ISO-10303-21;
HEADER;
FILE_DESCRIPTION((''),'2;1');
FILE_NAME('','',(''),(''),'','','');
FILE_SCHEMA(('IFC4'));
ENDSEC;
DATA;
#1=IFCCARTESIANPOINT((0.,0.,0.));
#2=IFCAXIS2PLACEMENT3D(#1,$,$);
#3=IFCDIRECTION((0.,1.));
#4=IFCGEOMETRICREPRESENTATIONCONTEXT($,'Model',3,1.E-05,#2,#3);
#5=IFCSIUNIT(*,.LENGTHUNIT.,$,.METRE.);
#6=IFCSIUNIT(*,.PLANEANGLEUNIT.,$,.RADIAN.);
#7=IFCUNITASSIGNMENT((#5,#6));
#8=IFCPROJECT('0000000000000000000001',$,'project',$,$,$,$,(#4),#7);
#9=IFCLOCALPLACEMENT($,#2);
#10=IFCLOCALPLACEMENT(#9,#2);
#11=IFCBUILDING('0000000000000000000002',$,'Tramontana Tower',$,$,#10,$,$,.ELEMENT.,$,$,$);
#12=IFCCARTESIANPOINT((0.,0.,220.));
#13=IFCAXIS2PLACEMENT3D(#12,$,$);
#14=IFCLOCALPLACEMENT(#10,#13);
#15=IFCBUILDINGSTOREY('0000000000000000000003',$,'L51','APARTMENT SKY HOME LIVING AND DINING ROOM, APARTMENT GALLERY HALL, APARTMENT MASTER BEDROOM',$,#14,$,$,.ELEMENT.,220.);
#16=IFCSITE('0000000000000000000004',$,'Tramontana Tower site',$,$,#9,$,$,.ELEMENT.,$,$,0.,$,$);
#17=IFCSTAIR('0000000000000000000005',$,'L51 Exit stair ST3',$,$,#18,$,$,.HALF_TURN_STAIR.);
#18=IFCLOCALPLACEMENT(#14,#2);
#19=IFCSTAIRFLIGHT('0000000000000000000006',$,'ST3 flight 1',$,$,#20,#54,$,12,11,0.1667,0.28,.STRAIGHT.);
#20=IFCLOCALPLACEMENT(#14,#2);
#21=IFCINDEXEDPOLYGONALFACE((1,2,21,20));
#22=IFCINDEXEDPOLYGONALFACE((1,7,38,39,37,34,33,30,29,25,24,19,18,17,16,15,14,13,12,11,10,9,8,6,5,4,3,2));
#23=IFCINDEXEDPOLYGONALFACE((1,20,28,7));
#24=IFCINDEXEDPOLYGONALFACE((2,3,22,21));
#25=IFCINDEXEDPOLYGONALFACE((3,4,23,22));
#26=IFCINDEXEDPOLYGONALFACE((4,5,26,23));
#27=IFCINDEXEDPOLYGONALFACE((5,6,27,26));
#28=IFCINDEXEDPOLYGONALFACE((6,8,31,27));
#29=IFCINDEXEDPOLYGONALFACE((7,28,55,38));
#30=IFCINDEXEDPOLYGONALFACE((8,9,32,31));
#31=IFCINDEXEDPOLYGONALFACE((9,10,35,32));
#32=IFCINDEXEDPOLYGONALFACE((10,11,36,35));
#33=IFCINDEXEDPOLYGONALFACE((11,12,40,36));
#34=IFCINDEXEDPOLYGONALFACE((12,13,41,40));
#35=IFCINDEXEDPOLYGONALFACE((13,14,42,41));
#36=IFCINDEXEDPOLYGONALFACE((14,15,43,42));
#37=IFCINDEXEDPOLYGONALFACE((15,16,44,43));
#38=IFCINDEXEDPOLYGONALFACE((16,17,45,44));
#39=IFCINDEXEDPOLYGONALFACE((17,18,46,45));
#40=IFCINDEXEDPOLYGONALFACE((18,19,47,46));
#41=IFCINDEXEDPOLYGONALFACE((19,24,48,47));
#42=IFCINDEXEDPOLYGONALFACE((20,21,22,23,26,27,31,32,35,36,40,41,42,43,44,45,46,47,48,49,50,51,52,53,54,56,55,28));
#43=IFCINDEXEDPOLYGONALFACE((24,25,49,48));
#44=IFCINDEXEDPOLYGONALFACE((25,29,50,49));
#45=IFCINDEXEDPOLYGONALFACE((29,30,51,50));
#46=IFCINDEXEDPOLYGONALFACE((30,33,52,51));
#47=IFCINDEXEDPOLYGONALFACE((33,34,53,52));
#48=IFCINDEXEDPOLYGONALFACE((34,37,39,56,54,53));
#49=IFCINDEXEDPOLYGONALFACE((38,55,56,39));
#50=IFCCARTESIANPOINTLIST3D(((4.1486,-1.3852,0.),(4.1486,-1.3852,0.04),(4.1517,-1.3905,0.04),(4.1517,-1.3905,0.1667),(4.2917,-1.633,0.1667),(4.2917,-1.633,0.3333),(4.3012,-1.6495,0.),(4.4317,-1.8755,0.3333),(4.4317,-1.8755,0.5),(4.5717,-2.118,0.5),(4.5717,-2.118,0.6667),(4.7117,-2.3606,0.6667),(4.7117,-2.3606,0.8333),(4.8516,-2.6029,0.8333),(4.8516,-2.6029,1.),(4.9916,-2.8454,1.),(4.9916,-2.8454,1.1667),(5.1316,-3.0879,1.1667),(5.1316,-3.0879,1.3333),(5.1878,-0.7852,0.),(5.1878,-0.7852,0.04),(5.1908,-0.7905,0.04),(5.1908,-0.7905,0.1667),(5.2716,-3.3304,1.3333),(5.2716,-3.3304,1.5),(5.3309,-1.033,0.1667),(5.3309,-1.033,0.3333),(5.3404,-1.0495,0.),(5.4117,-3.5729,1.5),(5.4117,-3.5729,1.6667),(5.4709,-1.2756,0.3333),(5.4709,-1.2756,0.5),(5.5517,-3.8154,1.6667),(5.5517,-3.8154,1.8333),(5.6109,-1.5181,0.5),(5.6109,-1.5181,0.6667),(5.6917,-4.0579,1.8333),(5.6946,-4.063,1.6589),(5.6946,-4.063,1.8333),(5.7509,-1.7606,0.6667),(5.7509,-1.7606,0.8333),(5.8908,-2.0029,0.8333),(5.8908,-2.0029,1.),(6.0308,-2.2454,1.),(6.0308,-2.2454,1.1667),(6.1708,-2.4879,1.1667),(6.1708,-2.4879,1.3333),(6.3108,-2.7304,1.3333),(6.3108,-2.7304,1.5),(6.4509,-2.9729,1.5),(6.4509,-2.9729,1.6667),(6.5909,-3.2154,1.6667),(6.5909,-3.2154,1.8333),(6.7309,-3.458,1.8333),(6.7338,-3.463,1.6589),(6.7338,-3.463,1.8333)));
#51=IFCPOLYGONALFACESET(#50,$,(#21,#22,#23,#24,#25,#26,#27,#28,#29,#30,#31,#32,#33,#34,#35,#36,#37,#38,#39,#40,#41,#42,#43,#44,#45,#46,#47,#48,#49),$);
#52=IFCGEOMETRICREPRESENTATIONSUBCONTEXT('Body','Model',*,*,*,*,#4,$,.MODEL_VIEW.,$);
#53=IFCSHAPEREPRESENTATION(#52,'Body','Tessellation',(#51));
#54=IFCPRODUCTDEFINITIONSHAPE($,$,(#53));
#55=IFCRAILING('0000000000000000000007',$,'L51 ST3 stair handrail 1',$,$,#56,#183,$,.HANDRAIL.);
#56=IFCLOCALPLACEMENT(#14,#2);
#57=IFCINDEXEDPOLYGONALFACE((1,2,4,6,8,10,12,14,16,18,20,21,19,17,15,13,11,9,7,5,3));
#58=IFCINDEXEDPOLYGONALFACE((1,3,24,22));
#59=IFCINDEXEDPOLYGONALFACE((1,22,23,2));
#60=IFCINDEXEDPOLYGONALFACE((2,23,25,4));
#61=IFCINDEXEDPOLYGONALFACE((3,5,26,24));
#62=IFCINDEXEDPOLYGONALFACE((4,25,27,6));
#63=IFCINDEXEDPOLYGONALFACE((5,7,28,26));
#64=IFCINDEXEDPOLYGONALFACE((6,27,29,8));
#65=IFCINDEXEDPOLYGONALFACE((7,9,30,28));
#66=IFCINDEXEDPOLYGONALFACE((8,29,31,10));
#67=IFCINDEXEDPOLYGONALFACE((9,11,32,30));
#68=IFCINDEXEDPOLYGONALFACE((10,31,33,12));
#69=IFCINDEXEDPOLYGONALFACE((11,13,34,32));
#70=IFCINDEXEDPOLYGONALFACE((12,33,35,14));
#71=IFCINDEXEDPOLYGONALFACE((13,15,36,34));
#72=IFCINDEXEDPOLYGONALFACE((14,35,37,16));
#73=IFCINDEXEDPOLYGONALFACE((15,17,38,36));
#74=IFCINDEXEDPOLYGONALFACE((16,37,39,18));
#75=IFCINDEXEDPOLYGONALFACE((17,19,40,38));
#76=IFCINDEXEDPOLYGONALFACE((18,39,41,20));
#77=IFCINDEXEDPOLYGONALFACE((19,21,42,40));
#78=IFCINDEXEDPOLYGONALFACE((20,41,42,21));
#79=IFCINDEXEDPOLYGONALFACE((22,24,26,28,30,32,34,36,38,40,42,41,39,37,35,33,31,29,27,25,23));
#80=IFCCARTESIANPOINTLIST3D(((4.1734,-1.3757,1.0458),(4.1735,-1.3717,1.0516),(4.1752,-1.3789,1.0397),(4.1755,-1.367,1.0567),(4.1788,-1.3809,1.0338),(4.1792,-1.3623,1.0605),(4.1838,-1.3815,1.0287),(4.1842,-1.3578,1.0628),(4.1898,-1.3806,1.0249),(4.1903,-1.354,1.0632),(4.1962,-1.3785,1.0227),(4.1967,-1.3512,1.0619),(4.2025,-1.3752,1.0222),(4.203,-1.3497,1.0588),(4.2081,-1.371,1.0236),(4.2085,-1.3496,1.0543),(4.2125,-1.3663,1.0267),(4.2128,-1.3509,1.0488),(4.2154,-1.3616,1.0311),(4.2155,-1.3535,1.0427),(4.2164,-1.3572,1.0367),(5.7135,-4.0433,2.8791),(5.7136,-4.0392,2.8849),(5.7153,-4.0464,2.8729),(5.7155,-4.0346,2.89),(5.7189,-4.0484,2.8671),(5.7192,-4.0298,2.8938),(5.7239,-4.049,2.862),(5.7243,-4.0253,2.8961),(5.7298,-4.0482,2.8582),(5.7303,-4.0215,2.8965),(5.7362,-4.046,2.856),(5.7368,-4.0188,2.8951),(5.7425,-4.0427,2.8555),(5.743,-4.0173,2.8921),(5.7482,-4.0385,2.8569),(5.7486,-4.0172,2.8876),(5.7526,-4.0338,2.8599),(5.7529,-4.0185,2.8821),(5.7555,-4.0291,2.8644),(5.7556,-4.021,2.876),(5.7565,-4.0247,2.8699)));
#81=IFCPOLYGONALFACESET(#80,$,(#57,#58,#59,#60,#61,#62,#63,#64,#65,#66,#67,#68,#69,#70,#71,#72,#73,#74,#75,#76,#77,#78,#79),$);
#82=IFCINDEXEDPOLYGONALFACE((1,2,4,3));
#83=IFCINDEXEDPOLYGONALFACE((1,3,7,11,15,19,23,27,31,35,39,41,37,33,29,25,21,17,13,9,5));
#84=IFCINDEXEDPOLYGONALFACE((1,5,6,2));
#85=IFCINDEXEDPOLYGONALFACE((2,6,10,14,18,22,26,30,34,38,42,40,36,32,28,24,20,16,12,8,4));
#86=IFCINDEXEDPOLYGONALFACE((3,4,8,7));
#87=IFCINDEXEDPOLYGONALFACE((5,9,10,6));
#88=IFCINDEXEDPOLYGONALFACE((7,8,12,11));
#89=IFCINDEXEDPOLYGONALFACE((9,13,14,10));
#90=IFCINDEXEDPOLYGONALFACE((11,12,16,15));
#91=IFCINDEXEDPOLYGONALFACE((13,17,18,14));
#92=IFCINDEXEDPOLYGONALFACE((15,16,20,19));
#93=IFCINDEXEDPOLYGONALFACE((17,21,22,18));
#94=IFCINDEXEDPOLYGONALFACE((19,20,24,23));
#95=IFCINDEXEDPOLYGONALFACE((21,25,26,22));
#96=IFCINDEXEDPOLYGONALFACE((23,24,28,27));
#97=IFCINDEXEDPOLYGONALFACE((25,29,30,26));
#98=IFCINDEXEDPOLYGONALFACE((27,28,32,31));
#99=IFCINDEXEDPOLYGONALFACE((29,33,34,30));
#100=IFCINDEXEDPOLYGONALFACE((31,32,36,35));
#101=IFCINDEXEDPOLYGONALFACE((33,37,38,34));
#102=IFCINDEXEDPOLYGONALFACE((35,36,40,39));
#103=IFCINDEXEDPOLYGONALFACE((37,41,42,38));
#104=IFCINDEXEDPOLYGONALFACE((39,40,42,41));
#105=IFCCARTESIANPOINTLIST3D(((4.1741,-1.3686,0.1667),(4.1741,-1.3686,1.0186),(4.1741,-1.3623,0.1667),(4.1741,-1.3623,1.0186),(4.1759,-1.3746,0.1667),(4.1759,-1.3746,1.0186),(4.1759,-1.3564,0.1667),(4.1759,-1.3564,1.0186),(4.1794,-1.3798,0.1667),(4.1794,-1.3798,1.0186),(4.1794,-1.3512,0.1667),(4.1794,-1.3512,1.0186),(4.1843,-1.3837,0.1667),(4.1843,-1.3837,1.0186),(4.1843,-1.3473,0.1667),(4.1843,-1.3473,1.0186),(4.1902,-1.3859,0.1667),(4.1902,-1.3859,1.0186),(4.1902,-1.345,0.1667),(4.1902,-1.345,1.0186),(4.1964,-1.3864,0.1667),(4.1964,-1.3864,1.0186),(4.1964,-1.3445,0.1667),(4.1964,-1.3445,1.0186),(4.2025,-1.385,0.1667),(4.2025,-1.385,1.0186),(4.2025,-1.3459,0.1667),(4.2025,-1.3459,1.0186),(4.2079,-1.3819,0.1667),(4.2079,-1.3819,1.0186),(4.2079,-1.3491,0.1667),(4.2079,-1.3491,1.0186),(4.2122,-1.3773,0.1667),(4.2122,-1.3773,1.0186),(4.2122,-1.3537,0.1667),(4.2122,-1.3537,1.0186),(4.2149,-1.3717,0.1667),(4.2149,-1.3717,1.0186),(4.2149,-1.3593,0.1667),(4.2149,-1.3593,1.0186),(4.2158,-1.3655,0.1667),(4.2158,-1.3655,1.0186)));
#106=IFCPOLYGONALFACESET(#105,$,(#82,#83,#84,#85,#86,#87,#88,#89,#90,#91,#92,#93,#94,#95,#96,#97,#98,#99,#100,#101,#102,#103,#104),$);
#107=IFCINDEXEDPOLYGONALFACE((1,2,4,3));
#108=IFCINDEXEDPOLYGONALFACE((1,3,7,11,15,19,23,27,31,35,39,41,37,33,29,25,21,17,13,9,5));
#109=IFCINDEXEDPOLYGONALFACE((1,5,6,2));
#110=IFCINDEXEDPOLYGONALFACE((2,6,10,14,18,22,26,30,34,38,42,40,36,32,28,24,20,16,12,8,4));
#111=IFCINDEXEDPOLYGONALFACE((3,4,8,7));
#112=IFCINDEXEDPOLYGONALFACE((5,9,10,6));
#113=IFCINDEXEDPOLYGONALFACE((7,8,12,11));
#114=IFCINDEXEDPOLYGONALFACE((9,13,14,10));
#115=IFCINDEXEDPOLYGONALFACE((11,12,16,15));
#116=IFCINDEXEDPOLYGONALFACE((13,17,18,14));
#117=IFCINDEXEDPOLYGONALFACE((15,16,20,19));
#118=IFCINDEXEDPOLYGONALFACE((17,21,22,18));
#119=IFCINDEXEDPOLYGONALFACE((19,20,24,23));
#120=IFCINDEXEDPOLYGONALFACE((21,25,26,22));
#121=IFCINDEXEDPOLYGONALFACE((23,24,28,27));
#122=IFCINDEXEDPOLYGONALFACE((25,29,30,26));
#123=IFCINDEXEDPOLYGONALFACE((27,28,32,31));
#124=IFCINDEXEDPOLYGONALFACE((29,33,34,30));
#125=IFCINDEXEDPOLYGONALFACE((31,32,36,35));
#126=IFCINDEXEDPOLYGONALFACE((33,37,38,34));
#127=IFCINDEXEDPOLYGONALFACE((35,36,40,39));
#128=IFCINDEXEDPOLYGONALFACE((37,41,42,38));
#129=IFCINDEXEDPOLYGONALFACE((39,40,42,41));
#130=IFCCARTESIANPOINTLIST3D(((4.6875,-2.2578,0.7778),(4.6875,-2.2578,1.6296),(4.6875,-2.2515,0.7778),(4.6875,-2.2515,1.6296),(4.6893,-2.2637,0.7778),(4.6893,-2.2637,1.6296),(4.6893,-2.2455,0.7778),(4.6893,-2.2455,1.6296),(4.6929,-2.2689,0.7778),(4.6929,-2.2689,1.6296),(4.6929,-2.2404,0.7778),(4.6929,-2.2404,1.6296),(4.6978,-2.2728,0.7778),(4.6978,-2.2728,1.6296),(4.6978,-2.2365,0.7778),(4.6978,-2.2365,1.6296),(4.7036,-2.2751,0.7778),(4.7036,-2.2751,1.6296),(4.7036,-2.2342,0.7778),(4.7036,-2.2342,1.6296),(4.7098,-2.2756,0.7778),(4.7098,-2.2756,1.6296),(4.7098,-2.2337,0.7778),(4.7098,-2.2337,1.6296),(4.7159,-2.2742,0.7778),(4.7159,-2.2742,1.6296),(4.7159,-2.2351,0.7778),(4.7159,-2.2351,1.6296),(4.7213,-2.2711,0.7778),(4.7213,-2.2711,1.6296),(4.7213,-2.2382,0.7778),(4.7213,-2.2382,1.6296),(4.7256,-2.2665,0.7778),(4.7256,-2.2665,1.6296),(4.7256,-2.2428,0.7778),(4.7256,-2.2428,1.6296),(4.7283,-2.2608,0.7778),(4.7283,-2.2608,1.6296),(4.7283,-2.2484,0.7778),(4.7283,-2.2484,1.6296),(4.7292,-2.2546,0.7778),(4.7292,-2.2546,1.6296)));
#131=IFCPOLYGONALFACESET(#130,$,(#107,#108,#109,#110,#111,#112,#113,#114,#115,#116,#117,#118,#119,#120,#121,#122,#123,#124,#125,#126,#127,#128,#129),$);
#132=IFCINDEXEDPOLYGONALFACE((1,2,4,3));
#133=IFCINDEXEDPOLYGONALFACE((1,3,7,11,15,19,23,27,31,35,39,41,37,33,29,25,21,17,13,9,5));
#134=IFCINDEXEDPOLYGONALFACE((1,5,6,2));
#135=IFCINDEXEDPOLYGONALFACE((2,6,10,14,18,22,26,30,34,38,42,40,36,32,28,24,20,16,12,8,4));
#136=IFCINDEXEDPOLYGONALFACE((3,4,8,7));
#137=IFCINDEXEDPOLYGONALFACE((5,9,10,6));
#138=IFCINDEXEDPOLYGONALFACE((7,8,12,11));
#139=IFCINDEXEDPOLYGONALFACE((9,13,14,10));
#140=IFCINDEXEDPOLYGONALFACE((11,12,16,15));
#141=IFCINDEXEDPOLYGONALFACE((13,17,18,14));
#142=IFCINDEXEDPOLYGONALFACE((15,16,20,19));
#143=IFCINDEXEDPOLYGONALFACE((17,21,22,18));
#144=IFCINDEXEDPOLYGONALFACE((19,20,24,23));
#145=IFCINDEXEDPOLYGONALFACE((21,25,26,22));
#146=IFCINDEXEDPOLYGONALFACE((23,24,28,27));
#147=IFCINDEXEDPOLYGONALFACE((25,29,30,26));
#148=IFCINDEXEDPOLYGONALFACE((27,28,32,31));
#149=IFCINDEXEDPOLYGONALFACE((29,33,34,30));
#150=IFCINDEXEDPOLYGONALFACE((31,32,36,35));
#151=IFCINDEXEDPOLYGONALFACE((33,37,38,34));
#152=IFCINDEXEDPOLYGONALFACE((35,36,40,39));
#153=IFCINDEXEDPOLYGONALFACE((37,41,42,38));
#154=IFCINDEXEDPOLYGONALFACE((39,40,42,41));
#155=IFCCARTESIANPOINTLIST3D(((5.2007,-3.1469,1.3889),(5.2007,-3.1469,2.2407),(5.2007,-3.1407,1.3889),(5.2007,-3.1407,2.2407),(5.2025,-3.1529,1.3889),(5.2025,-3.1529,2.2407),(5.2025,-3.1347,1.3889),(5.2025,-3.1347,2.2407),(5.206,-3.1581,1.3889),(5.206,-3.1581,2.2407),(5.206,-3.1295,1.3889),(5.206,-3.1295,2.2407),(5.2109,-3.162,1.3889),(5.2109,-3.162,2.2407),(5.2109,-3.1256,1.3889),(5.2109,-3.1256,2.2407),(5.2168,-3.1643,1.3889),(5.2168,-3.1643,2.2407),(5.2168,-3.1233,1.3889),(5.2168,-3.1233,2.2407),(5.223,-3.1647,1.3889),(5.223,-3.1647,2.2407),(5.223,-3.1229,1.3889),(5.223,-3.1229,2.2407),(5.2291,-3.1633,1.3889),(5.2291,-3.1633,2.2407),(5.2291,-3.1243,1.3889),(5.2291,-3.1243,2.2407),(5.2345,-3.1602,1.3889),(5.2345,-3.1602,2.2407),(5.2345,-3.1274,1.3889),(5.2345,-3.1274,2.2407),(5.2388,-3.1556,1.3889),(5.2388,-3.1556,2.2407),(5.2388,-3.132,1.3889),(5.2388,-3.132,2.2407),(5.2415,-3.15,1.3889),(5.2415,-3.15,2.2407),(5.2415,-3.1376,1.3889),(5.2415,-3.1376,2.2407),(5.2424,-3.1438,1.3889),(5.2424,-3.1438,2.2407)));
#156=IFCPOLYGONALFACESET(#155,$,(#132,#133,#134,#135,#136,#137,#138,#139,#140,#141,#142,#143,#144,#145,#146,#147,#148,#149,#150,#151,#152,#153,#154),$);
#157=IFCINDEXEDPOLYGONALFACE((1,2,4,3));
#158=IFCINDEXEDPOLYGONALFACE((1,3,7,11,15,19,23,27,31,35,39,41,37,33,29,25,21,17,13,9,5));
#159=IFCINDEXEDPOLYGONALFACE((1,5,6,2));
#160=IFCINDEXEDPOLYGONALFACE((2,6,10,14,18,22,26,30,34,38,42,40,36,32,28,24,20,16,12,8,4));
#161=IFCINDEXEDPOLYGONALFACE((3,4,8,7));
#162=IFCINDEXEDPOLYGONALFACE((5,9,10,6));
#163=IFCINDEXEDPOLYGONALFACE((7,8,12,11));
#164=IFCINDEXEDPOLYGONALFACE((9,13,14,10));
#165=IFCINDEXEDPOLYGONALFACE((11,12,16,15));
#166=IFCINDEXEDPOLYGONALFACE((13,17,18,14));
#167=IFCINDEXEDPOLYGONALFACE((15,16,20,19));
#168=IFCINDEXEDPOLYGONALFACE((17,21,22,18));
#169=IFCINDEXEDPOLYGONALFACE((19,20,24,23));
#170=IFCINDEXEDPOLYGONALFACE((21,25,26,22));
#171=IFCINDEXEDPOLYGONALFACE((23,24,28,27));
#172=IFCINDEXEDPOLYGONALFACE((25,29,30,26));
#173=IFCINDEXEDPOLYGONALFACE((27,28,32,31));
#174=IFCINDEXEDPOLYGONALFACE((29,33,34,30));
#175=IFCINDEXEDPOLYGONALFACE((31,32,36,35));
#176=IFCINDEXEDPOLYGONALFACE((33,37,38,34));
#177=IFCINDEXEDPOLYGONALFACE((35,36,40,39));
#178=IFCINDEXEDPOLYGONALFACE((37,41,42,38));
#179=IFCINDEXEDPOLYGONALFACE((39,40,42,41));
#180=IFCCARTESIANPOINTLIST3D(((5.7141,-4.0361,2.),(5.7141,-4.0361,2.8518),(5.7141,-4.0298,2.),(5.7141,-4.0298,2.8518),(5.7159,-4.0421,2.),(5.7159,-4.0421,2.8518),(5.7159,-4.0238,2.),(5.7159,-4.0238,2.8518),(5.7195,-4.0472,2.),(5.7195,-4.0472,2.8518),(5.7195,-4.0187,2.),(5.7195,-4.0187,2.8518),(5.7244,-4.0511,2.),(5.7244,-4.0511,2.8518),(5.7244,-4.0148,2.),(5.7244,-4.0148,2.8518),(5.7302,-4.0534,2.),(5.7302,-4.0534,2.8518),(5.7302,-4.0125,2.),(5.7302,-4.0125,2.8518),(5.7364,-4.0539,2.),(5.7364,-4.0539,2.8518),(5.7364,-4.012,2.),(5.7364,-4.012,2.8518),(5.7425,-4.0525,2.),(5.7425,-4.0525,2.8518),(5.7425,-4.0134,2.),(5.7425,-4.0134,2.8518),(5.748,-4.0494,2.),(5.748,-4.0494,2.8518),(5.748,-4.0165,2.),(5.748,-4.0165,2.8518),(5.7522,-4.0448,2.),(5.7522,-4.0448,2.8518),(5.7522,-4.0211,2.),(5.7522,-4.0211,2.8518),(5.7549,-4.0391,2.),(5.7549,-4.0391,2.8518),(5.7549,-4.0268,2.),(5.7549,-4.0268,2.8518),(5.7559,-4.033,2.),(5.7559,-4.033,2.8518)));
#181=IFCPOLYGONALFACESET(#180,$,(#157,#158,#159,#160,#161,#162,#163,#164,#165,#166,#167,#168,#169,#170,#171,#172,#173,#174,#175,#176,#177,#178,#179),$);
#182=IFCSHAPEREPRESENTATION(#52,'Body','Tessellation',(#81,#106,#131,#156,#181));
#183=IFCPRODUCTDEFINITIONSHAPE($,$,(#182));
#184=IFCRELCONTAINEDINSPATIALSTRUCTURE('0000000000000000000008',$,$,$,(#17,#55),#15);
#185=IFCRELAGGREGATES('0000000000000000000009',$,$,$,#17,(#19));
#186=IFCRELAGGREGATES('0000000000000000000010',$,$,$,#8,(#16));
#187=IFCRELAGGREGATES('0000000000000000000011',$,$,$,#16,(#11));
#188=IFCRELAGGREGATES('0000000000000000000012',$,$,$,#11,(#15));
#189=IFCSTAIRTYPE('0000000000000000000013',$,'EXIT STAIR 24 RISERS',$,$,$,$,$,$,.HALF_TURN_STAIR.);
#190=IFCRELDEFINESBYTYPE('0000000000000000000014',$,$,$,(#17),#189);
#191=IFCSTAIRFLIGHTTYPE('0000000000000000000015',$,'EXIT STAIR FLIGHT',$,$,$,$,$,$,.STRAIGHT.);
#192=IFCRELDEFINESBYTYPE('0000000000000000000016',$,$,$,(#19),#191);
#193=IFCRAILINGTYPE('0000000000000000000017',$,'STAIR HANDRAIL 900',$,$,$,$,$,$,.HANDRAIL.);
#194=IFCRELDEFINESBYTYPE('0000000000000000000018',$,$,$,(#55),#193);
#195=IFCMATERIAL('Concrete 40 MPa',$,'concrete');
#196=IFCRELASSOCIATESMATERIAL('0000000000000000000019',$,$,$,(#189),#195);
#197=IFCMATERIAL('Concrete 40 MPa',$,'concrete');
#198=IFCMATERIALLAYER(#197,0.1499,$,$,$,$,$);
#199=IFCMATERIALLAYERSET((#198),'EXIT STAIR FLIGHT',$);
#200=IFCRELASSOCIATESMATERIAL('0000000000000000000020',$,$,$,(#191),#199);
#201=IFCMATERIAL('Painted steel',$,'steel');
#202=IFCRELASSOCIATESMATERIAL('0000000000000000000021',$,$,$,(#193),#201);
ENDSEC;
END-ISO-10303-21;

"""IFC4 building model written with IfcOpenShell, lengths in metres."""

from ifc_helpers import new_model, si_unit, direction, frame, origin, origin_2d, place, context, subcontext, project, spatial, polyline, circle, outline, extrude, material, layer, layer_set, type_object, element, aggregate, save


model = new_model("IFC4")

# Units and contexts
model_context = context("Model", 3, precision=1e-05, world=origin(), true_north=direction((0.0, 1.0)))
body_context = subcontext(model_context, "Body", "Model", "MODEL_VIEW")
ifc_project = project(units=[si_unit("LENGTHUNIT", "METRE"), si_unit("PLANEANGLEUNIT", "RADIAN")], contexts=[model_context])

# Site, building, storey
site_placement = place(None, origin())
site = spatial("IfcSite", under=ifc_project, at=site_placement, Name="Tramontana Tower site", CompositionType="ELEMENT", RefElevation=0.0)
building_placement = place(site_placement, origin())
building = spatial("IfcBuilding", under=site, at=building_placement, Name="Tramontana Tower", CompositionType="ELEMENT")
storey_placement = place(building_placement, frame((0.0, 0.0, 220.0)))
storey = spatial("IfcBuildingStorey", under=building, at=storey_placement, Name="L51", Description="APARTMENT SKY HOME LIVING AND DINING ROOM, APARTMENT GALLERY HALL, APARTMENT MASTER BEDROOM", CompositionType="ELEMENT", Elevation=220.0)

# Stair
ifc_material_1 = material(Name="Concrete 40 MPa", Category="concrete")
stair_type = type_object("IfcStairType", Name="EXIT STAIR 24 RISERS", PredefinedType="HALF_TURN_STAIR", material=ifc_material_1)
stair_1_placement = place(storey_placement, origin())
stair_1 = element("IfcStair", 1, at=stair_1_placement, inside=storey, type_object=stair_type, Name="L51 Exit stair ST3", PredefinedType="HALF_TURN_STAIR")

# Stair flight
ifc_material_2 = material(Name="Concrete 40 MPa", Category="concrete")
ifc_layer_1 = layer(ifc_material_2, 0.1499)
ifc_layer_set_1 = layer_set([ifc_layer_1], Name="EXIT STAIR FLIGHT")
stair_flight_type = type_object("IfcStairFlightType", Name="EXIT STAIR FLIGHT", PredefinedType="STRAIGHT", material=ifc_layer_set_1)
stair_flight_placement = place(storey_placement, frame((4.6711, -1.0906, 0.0), z_axis=(0.0, 0.0, 1.0), x_axis=(0.5, -0.866025, 0.0)))
stair_flight = element("IfcStairFlight", 2, at=stair_flight_placement, type_object=stair_flight_type, Name="ST3 flight 1", NumberOfRisers=12, NumberOfTreads=11, PredefinedType="STRAIGHT", RiserHeight=0.1667, TreadLength=0.28, context=body_context, shape_type="SweptSolid", body=[
    extrude(outline(polyline([(-0.0061, 0.0), (-0.0061, 0.04), (0.0, 0.04), (0.0, 0.1667), (0.28, 0.1667), (0.28, 0.3333), (0.5601, 0.3333), (0.5601, 0.5), (0.8401, 0.5), (0.8401, 0.6667), (1.1201, 0.6667), (1.1201, 0.8333), (1.3999, 0.8333), (1.3999, 1.0), (1.6799, 1.0), (1.6799, 1.1667), (1.96, 1.1667), (1.96, 1.3333), (2.24, 1.3333), (2.24, 1.5), (2.52, 1.5), (2.52, 1.6667), (2.8, 1.6667), (2.8, 1.8333), (3.0801, 1.8333), (3.0859, 1.8333), (3.0859, 1.6589), (0.2991, 0.0), (-0.0061, 0.0)])), frame((0.0, 0.6001, 0.0), z_axis=(0.0, -1.0, 0.0), x_axis=(1.0, 0.0, 0.0)), (0.0, 0.0, 1.0), 1.2),
])
aggregate(stair_1, [stair_flight])

# Railing
ifc_material_3 = material(Name="Painted steel", Category="steel")
railing_type = type_object("IfcRailingType", Name="STAIR HANDRAIL 900", PredefinedType="HANDRAIL", material=ifc_material_3)
railing_placement = place(storey_placement, frame((4.1948, -1.3655, 0.1667)))
element("IfcRailing", 3, at=railing_placement, inside=storey, type_object=railing_type, Name="L51 ST3 stair handrail 1", PredefinedType="HANDRAIL", context=body_context, shape_type="SweptSolid", body=[
    extrude(circle(Radius=0.0239, at=origin_2d()), frame((0.0, 0.0, 0.876), z_axis=(0.429649, -0.74419, 0.511452), x_axis=(0.86603, 0.499992, 0.0)), (0.0, 0.0, 1.0), 3.5845),
    extrude(circle(Radius=0.021, at=origin_2d()), origin(), (0.0, 0.0, 1.0), 0.8518),
    extrude(circle(Radius=0.021, at=origin_2d()), frame((0.5134, -0.8892, 0.6111)), (0.0, 0.0, 1.0), 0.8518),
    extrude(circle(Radius=0.021, at=origin_2d()), frame((1.0266, -1.7783, 1.2222)), (0.0, 0.0, 1.0), 0.8518),
    extrude(circle(Radius=0.021, at=origin_2d()), frame((1.54, -2.6675, 1.8333)), (0.0, 0.0, 1.0), 0.8518),
])

save(model, "model.ifc")
